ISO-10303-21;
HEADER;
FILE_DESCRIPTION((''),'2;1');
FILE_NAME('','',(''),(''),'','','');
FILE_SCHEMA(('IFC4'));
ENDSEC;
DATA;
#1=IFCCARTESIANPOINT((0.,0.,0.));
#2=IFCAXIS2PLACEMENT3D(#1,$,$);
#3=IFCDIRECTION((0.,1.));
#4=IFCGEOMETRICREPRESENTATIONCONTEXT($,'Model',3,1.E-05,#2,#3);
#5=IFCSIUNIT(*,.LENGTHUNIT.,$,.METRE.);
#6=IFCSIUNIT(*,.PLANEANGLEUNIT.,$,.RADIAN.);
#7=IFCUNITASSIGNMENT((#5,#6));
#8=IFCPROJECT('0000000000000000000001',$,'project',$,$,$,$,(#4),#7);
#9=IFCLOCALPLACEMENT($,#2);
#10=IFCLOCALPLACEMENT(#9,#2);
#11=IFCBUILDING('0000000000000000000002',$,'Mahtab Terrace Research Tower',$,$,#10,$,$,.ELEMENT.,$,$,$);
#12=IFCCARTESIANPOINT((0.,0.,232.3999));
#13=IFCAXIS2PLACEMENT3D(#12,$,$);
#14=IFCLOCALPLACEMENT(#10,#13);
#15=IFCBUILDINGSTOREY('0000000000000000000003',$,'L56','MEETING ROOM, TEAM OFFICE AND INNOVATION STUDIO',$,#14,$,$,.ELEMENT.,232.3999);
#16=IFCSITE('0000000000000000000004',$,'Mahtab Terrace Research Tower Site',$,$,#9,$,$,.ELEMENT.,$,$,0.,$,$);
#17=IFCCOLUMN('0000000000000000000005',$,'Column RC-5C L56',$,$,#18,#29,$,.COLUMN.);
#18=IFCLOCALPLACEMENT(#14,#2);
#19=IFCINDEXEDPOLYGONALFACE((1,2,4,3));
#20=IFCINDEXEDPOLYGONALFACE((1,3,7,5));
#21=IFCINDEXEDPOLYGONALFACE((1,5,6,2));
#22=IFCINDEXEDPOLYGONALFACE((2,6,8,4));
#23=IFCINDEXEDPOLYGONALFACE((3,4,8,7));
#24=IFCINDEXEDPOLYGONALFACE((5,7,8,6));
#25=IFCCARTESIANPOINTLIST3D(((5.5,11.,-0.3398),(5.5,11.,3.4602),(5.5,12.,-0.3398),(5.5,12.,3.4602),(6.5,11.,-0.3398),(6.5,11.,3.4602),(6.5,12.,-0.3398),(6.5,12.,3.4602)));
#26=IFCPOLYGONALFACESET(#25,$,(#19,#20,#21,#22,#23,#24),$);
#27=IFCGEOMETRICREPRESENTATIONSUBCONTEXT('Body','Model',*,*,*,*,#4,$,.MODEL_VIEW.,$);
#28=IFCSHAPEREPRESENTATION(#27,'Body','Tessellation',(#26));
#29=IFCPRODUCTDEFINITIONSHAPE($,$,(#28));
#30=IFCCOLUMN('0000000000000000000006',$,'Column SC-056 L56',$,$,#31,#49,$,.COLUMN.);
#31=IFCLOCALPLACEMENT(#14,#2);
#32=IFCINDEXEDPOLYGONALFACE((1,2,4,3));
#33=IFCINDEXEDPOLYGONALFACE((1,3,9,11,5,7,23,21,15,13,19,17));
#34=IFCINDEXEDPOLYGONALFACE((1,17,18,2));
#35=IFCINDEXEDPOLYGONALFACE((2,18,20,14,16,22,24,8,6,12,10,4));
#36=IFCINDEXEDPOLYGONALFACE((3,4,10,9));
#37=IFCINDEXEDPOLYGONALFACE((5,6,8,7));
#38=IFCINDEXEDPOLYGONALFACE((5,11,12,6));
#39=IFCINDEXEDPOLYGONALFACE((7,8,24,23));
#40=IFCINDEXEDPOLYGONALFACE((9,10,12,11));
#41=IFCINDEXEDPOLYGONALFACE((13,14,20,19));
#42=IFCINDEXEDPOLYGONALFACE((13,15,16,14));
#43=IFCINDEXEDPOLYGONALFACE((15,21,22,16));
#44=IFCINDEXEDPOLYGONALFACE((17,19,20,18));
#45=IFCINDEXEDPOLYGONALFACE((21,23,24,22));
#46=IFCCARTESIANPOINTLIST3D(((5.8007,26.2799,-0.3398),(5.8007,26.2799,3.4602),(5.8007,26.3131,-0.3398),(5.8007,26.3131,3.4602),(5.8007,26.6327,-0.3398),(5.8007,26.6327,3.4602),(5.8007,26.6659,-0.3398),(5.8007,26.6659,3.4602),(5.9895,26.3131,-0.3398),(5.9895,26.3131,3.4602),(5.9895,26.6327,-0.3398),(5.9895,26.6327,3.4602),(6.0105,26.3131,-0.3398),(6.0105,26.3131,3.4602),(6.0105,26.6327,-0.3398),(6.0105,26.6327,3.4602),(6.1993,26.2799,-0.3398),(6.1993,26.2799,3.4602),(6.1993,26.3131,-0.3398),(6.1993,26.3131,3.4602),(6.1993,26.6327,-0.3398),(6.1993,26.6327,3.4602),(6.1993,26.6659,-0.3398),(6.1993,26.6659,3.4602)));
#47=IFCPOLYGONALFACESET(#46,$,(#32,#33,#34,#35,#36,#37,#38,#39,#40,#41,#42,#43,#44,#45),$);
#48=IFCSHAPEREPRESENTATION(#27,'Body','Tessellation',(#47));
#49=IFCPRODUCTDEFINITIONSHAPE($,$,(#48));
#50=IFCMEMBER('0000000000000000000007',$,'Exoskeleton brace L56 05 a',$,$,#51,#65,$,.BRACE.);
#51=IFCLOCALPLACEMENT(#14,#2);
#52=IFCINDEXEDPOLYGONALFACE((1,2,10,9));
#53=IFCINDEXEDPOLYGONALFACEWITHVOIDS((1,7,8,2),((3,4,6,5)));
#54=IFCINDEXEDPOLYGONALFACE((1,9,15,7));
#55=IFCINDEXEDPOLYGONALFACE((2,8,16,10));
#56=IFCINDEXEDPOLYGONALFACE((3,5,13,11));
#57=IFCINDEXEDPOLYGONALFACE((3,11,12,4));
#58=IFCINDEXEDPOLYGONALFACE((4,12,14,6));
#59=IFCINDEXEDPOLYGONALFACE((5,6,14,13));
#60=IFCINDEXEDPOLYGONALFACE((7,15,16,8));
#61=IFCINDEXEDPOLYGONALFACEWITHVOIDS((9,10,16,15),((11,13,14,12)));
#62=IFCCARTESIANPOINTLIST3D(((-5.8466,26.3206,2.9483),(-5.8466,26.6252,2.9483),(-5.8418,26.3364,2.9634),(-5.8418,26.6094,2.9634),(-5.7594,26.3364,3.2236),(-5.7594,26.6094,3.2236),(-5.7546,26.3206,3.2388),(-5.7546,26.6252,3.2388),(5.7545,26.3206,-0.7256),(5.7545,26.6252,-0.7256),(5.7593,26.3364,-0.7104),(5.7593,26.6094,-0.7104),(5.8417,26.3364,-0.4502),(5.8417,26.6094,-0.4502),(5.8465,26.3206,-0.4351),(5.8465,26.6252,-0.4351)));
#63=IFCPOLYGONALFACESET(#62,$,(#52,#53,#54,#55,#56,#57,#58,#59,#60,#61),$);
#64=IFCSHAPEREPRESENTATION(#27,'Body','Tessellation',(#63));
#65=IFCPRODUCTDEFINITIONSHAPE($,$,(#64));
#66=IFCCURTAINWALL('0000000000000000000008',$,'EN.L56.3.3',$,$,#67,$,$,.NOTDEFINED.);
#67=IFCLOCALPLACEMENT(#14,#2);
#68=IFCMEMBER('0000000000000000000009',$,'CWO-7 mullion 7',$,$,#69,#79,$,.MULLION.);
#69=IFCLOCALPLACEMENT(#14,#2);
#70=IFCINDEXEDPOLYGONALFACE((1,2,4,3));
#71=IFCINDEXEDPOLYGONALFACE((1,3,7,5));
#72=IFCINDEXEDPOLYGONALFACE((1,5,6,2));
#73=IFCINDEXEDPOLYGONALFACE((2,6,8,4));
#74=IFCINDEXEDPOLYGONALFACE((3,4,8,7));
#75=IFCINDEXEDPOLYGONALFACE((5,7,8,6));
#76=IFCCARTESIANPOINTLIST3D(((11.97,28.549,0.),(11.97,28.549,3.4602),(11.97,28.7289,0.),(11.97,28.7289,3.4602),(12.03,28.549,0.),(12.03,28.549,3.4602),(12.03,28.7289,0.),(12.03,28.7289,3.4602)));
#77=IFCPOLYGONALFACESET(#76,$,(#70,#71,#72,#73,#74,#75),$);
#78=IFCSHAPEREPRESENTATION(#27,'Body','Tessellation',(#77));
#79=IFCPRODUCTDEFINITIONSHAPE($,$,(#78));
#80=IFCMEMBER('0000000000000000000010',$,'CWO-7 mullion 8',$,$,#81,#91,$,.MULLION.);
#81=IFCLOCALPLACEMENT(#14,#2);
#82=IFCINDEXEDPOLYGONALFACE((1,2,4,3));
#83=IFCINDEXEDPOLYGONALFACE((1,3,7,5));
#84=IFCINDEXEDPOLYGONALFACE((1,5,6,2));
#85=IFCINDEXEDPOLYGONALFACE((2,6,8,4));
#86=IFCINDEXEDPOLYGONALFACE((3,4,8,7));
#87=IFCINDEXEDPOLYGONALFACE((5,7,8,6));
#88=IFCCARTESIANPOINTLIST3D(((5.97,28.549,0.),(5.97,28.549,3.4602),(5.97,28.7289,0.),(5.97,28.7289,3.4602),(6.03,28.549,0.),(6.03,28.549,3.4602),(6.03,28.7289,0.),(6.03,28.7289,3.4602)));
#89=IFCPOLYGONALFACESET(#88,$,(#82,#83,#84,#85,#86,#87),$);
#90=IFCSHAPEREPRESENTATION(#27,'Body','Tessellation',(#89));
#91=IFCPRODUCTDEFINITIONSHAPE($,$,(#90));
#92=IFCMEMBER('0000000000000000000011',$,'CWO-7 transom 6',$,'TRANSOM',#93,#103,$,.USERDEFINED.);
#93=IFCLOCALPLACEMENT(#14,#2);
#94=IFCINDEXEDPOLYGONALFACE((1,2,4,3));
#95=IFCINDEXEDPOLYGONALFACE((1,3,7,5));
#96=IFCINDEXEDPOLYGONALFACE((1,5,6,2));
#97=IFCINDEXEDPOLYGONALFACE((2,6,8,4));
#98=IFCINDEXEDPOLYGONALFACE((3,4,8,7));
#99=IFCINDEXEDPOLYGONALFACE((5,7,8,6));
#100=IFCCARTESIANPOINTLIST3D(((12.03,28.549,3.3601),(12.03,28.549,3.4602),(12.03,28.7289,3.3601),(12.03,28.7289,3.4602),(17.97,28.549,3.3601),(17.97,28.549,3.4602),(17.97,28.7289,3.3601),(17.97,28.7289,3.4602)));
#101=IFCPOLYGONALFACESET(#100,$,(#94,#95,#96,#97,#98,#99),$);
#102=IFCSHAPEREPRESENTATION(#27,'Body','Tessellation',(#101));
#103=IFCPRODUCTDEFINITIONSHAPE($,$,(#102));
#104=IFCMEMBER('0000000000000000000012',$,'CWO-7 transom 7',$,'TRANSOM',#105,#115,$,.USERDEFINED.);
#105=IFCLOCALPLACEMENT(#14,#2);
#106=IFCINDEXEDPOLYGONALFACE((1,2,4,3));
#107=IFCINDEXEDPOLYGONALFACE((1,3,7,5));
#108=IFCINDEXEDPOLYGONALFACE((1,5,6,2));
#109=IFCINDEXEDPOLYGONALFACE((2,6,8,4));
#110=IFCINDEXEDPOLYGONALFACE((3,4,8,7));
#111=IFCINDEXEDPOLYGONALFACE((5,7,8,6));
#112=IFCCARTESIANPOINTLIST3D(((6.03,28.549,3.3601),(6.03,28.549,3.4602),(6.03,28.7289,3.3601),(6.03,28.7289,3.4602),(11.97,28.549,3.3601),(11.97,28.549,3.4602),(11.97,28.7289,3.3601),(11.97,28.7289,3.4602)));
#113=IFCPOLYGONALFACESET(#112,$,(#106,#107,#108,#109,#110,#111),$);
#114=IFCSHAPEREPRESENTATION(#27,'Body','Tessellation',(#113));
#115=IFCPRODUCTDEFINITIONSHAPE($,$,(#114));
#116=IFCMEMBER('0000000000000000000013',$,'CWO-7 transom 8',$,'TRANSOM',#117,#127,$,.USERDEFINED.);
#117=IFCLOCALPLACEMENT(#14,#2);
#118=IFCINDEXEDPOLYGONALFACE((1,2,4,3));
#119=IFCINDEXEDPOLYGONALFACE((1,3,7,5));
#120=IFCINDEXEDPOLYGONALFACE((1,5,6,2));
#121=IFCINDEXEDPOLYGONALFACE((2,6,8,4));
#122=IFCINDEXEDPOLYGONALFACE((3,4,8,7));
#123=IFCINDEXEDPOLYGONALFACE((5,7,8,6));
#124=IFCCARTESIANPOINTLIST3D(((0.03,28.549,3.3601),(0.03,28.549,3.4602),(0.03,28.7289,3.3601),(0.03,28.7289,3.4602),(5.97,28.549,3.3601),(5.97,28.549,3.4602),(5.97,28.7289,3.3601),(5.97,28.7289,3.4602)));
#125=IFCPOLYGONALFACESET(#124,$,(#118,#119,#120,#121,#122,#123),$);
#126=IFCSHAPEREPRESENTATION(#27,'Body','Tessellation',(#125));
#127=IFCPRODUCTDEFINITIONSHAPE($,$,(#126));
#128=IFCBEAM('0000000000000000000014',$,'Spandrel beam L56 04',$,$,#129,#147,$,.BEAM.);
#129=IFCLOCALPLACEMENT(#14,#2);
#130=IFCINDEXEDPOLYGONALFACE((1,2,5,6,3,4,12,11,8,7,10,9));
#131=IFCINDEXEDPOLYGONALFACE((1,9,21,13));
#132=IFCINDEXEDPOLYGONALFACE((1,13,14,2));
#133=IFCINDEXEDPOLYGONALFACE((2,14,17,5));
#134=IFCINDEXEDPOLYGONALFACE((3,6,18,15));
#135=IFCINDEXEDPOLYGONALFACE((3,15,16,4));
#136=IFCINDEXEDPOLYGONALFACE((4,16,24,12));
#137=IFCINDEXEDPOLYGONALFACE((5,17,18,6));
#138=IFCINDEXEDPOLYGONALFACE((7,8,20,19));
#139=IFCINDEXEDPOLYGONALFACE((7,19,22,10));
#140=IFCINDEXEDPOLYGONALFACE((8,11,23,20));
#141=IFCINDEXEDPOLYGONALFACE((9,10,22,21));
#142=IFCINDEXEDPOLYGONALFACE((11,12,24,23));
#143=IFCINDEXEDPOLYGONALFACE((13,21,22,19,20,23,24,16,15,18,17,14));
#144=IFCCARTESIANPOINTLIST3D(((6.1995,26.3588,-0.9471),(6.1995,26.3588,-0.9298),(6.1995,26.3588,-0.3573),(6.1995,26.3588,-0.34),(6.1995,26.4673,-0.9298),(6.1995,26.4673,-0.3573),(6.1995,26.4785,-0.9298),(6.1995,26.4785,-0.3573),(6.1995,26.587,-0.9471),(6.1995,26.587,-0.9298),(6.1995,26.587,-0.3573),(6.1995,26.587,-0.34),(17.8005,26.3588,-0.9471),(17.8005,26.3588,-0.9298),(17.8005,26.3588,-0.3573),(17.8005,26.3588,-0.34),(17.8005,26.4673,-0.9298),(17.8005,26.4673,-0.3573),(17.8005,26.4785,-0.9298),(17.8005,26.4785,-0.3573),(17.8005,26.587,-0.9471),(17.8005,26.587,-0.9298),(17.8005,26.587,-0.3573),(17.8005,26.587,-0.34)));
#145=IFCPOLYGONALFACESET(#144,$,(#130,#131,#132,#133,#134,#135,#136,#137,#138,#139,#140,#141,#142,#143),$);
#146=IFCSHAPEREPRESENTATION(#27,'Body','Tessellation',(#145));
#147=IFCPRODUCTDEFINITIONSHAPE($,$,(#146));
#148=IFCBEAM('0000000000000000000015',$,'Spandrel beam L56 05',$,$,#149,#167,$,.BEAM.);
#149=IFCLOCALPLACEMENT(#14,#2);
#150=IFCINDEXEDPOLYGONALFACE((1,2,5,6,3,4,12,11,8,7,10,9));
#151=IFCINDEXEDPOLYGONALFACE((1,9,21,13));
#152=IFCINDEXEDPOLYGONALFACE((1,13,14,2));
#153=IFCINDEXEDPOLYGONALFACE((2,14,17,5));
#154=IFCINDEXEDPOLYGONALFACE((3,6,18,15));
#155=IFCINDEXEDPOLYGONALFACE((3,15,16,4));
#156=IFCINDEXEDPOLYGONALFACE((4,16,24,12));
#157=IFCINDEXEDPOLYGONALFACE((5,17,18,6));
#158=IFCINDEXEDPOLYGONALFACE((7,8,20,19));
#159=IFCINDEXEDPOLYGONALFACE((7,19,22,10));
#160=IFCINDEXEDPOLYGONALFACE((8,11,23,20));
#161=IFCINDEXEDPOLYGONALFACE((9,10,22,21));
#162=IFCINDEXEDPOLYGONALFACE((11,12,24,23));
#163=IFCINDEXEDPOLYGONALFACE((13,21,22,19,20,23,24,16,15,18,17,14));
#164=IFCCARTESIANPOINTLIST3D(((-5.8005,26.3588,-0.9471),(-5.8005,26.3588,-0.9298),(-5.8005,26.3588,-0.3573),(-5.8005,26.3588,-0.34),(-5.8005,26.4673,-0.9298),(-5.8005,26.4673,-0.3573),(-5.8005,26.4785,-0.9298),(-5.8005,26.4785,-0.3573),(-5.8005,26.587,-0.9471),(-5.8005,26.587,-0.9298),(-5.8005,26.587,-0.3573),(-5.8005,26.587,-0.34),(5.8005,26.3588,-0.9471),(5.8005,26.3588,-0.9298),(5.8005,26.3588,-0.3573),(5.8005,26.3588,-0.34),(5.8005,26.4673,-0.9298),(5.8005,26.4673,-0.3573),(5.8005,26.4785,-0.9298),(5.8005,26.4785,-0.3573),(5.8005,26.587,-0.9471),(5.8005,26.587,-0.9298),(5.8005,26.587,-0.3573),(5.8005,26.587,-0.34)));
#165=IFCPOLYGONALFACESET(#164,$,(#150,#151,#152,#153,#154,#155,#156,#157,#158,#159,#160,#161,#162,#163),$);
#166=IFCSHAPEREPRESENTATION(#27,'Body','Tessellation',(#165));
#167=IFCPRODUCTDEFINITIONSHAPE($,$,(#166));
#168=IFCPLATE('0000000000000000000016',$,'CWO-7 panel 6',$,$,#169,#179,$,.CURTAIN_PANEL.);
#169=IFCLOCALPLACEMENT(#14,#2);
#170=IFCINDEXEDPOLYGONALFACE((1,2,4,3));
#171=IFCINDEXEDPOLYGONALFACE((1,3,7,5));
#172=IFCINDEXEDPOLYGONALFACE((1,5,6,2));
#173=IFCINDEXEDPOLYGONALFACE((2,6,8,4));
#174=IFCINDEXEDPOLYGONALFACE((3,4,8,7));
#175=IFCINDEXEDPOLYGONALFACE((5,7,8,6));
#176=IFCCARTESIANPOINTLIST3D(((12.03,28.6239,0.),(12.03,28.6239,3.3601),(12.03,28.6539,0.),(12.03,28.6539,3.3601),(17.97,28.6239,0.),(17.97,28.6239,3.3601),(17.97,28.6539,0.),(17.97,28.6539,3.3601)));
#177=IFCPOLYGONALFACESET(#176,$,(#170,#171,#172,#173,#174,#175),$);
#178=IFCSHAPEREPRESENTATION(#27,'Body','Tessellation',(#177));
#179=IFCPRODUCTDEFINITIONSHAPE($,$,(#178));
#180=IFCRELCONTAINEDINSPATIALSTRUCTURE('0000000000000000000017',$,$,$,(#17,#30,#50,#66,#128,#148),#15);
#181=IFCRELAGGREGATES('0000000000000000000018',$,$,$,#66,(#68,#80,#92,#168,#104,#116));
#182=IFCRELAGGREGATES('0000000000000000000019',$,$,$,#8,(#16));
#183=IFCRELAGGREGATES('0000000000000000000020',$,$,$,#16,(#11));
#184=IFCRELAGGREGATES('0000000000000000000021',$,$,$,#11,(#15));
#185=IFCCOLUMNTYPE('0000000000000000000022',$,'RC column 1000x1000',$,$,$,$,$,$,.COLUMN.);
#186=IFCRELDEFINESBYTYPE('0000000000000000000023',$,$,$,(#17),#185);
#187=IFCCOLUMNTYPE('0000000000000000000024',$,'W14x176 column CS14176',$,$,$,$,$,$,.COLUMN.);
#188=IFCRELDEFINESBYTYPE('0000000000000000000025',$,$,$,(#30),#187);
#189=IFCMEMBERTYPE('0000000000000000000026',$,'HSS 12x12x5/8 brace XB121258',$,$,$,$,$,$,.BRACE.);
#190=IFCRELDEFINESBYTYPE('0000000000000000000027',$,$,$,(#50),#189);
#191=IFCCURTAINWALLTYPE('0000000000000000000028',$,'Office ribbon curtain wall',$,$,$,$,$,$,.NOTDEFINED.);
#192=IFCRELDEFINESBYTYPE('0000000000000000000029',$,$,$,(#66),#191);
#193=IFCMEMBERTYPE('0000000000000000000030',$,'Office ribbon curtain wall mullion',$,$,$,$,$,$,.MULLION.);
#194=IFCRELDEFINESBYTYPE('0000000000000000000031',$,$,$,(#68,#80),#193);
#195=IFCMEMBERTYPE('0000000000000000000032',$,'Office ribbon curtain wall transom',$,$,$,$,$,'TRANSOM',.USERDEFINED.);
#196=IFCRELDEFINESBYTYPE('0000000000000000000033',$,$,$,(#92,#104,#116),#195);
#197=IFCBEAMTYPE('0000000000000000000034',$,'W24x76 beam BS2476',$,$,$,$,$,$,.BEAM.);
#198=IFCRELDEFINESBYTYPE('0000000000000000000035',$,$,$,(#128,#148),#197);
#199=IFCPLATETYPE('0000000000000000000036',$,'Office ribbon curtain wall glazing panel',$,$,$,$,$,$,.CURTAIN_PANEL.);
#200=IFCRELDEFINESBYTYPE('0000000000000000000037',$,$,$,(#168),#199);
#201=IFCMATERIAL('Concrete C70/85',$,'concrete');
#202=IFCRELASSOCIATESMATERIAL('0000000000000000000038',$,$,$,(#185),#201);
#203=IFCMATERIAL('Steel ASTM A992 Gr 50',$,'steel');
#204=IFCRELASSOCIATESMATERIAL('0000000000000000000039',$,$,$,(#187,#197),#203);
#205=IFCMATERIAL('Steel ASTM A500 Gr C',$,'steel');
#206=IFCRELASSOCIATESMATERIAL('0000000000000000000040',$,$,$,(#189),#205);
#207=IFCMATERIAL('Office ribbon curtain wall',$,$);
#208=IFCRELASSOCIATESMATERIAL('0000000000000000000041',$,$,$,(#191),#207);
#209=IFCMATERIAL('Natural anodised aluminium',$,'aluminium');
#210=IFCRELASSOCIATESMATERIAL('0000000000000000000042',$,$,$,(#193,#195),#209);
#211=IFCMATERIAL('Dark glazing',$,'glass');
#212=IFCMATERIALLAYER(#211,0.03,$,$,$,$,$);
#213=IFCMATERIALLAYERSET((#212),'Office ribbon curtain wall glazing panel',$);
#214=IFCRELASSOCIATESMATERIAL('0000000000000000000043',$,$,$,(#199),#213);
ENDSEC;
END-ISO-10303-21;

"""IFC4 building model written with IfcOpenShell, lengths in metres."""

from ifc_helpers import new_model, si_unit, direction, frame, origin, origin_2d, place, context, subcontext, project, spatial, rectangle, hollow_rectangle, i_section, extrude, material, layer, layer_set, material_profile, profile_set, type_object, element, aggregate, save


model = new_model("IFC4")

# Units and contexts
model_context = context("Model", 3, precision=1e-05, world=origin(), true_north=direction((0.0, 1.0)))
body_context = subcontext(model_context, "Body", "Model", "MODEL_VIEW")
ifc_project = project(units=[si_unit("LENGTHUNIT", "METRE"), si_unit("PLANEANGLEUNIT", "RADIAN")], contexts=[model_context])

# Site, building, storey
site_placement = place(None, origin())
site = spatial("IfcSite", under=ifc_project, at=site_placement, Name="Mahtab Terrace Research Tower Site", CompositionType="ELEMENT", RefElevation=0.0)
building_placement = place(site_placement, origin())
building = spatial("IfcBuilding", under=site, at=building_placement, Name="Mahtab Terrace Research Tower", CompositionType="ELEMENT")
storey_placement = place(building_placement, frame((0.0, 0.0, 232.3999)))
storey = spatial("IfcBuildingStorey", under=building, at=storey_placement, Name="L56", Description="MEETING ROOM, TEAM OFFICE AND INNOVATION STUDIO", CompositionType="ELEMENT", Elevation=232.3999)

# Columns
ifc_material_1 = material(Name="Concrete C70/85", Category="concrete")
ifc_material_profile_1 = material_profile(ifc_material_1, rectangle(XDim=1.0, YDim=1.0, at=origin_2d()), Name="RC column 1000x1000")
ifc_profile_set_1 = profile_set([ifc_material_profile_1], Name="Concrete C70/85")
column_type_1 = type_object("IfcColumnType", Name="RC column 1000x1000", PredefinedType="COLUMN", material=ifc_profile_set_1)
column_1_placement = place(storey_placement, frame((6.0, 11.5, -0.3398), z_axis=(0.0, 0.0, 1.0), x_axis=(1.0, 0.0, 0.0)))
element("IfcColumn", 1, at=column_1_placement, inside=storey, type_object=column_type_1, Name="Column RC-5C L56", PredefinedType="COLUMN", context=body_context, shape_type="SweptSolid", body=[
    extrude(rectangle(XDim=1.0, YDim=1.0, at=origin_2d()), origin(), (0.0, 0.0, 1.0), 3.8),
])
ifc_material_2 = material(Name="Steel ASTM A992 Gr 50", Category="steel")
ifc_material_profile_2 = material_profile(ifc_material_2, i_section(OverallWidth=0.3987, OverallDepth=0.386, WebThickness=0.021, FlangeThickness=0.0332, at=origin_2d()), Name="W14X176")
ifc_profile_set_2 = profile_set([ifc_material_profile_2], Name="Steel ASTM A992 Gr 50")
column_type_2 = type_object("IfcColumnType", Name="W14x176 column CS14176", PredefinedType="COLUMN", material=ifc_profile_set_2)
column_2_placement = place(storey_placement, frame((6.0, 26.4729, -0.3398), z_axis=(0.0, 0.0, 1.0), x_axis=(1.0, 0.0, 0.0)))
element("IfcColumn", 2, at=column_2_placement, inside=storey, type_object=column_type_2, Name="Column SC-056 L56", PredefinedType="COLUMN", context=body_context, shape_type="SweptSolid", body=[
    extrude(i_section(OverallWidth=0.3987, OverallDepth=0.386, WebThickness=0.021, FlangeThickness=0.0332, at=origin_2d()), origin(), (0.0, 0.0, 1.0), 3.8),
])

# Member
ifc_material_3 = material(Name="Steel ASTM A500 Gr C", Category="steel")
ifc_material_profile_3 = material_profile(ifc_material_3, hollow_rectangle(XDim=0.3047, YDim=0.3047, WallThickness=0.0159, at=origin_2d()), Name="HSS12X12X5/8")
ifc_profile_set_3 = profile_set([ifc_material_profile_3], Name="Steel ASTM A500 Gr C")
member_type_1 = type_object("IfcMemberType", Name="HSS 12x12x5/8 brace XB121258", PredefinedType="BRACE", material=ifc_profile_set_3)
member_1_placement = place(storey_placement, frame((5.8005, 26.4729, -0.5803), z_axis=(-0.953339, 0.0, 0.301903), x_axis=(0.0, -1.0, 0.0)))
element("IfcMember", 3, at=member_1_placement, inside=storey, type_object=member_type_1, Name="Exoskeleton brace L56 05 a", PredefinedType="BRACE", context=body_context, shape_type="SweptSolid", body=[
    extrude(hollow_rectangle(XDim=0.3047, YDim=0.3047, WallThickness=0.0159, at=origin_2d()), origin(), (0.0, 0.0, 1.0), 12.1689),
])

# Curtain wall, members
ifc_material_4 = material(Name="Office ribbon curtain wall")
curtain_wall_type = type_object("IfcCurtainWallType", Name="Office ribbon curtain wall", PredefinedType="NOTDEFINED", material=ifc_material_4)
curtain_wall_placement = place(storey_placement, origin())
curtain_wall = element("IfcCurtainWall", 4, at=curtain_wall_placement, inside=storey, type_object=curtain_wall_type, Name="EN.L56.3.3", PredefinedType="NOTDEFINED")
ifc_material_5 = material(Name="Natural anodised aluminium", Category="aluminium")
ifc_material_profile_4 = material_profile(ifc_material_5, rectangle(XDim=0.1799, YDim=0.0601, at=origin_2d()), Name="MULLION 60x180")
ifc_profile_set_4 = profile_set([ifc_material_profile_4], Name="Natural anodised aluminium")
member_type_2 = type_object("IfcMemberType", Name="Office ribbon curtain wall mullion", PredefinedType="MULLION", material=ifc_profile_set_4)
member_2_placement = place(storey_placement, frame((12.0, 28.6389, 0.0), z_axis=(0.0, 0.0, 1.0), x_axis=(0.0, -1.0, 0.0)))
member_2 = element("IfcMember", 5, at=member_2_placement, type_object=member_type_2, Name="CWO-7 mullion 7", PredefinedType="MULLION", context=body_context, shape_type="SweptSolid", body=[
    extrude(rectangle(XDim=0.1799, YDim=0.0601, at=origin_2d()), origin(), (0.0, 0.0, 1.0), 3.4602),
])
member_3_placement = place(storey_placement, frame((6.0, 28.6389, 0.0), z_axis=(0.0, 0.0, 1.0), x_axis=(0.0, -1.0, 0.0)))
member_3 = element("IfcMember", 6, at=member_3_placement, type_object=member_type_2, Name="CWO-7 mullion 8", PredefinedType="MULLION", context=body_context, shape_type="SweptSolid", body=[
    extrude(rectangle(XDim=0.1799, YDim=0.0601, at=origin_2d()), origin(), (0.0, 0.0, 1.0), 3.4602),
])
ifc_material_profile_5 = material_profile(ifc_material_5, rectangle(XDim=0.1799, YDim=0.1001, at=origin_2d()), Name="TRANSOM 100x180")
ifc_profile_set_5 = profile_set([ifc_material_profile_5], Name="Natural anodised aluminium")
member_type_3 = type_object("IfcMemberType", Name="Office ribbon curtain wall transom", ElementType="TRANSOM", PredefinedType="USERDEFINED", material=ifc_profile_set_5)
member_4_placement = place(storey_placement, frame((17.97, 28.6389, 3.4102), z_axis=(-1.0, 0.0, 0.0), x_axis=(0.0, -1.0, 0.0)))
member_4 = element("IfcMember", 7, at=member_4_placement, type_object=member_type_3, Name="CWO-7 transom 6", ObjectType="TRANSOM", PredefinedType="USERDEFINED", context=body_context, shape_type="SweptSolid", body=[
    extrude(rectangle(XDim=0.1799, YDim=0.1001, at=origin_2d()), origin(), (0.0, 0.0, 1.0), 5.9399),
])
member_5_placement = place(storey_placement, frame((11.97, 28.6389, 3.4102), z_axis=(-1.0, 0.0, 0.0), x_axis=(0.0, -1.0, 0.0)))
member_5 = element("IfcMember", 8, at=member_5_placement, type_object=member_type_3, Name="CWO-7 transom 7", ObjectType="TRANSOM", PredefinedType="USERDEFINED", context=body_context, shape_type="SweptSolid", body=[
    extrude(rectangle(XDim=0.1799, YDim=0.1001, at=origin_2d()), origin(), (0.0, 0.0, 1.0), 5.9399),
])
member_6_placement = place(storey_placement, frame((5.97, 28.6389, 3.4102), z_axis=(-1.0, 0.0, 0.0), x_axis=(0.0, -1.0, 0.0)))
member_6 = element("IfcMember", 9, at=member_6_placement, type_object=member_type_3, Name="CWO-7 transom 8", ObjectType="TRANSOM", PredefinedType="USERDEFINED", context=body_context, shape_type="SweptSolid", body=[
    extrude(rectangle(XDim=0.1799, YDim=0.1001, at=origin_2d()), origin(), (0.0, 0.0, 1.0), 5.9399),
])

# Beams
ifc_material_profile_6 = material_profile(ifc_material_2, i_section(OverallWidth=0.2283, OverallDepth=0.6072, WebThickness=0.0112, FlangeThickness=0.0173, at=origin_2d()), Name="W24X76")
ifc_profile_set_6 = profile_set([ifc_material_profile_6], Name="Steel ASTM A992 Gr 50")
beam_type = type_object("IfcBeamType", Name="W24x76 beam BS2476", PredefinedType="BEAM", material=ifc_profile_set_6)
for number, where, z_axis, x_axis, name in (
    (10, (17.8005, 26.4729, -0.6436), (-1.0, 0.0, 0.0), (0.0, -1.0, 0.0), "Spandrel beam L56 04"),
    (11, (5.8005, 26.4729, -0.6436), (-1.0, 0.0, 0.0), (0.0, -1.0, 0.0), "Spandrel beam L56 05"),
):
    element("IfcBeam", number, at=place(storey_placement, frame(where, z_axis=z_axis, x_axis=x_axis)), inside=storey, type_object=beam_type, Name=name, PredefinedType="BEAM", context=body_context, shape_type="SweptSolid", body=[
        extrude(i_section(OverallWidth=0.2283, OverallDepth=0.6072, WebThickness=0.0112, FlangeThickness=0.0173, at=origin_2d()), origin(), (0.0, 0.0, 1.0), 11.6011),
    ])

# Plate
ifc_material_6 = material(Name="Dark glazing", Category="glass")
ifc_layer_1 = layer(ifc_material_6, 0.03)
ifc_layer_set_1 = layer_set([ifc_layer_1], Name="Office ribbon curtain wall glazing panel")
plate_type = type_object("IfcPlateType", Name="Office ribbon curtain wall glazing panel", PredefinedType="CURTAIN_PANEL", material=ifc_layer_set_1)
plate_1_placement = place(storey_placement, frame((15.0, 28.6389, 0.0), z_axis=(0.0, 0.0, 1.0), x_axis=(-1.0, 0.0, 0.0)))
plate_1 = element("IfcPlate", 12, at=plate_1_placement, type_object=plate_type, Name="CWO-7 panel 6", PredefinedType="CURTAIN_PANEL", context=body_context, shape_type="SweptSolid", body=[
    extrude(rectangle(XDim=5.9399, YDim=0.03, at=origin_2d()), origin(), (0.0, 0.0, 1.0), 3.3601),
])
aggregate(curtain_wall, [member_2, member_3, member_4, plate_1, member_5, member_6])

save(model, "model.ifc")
